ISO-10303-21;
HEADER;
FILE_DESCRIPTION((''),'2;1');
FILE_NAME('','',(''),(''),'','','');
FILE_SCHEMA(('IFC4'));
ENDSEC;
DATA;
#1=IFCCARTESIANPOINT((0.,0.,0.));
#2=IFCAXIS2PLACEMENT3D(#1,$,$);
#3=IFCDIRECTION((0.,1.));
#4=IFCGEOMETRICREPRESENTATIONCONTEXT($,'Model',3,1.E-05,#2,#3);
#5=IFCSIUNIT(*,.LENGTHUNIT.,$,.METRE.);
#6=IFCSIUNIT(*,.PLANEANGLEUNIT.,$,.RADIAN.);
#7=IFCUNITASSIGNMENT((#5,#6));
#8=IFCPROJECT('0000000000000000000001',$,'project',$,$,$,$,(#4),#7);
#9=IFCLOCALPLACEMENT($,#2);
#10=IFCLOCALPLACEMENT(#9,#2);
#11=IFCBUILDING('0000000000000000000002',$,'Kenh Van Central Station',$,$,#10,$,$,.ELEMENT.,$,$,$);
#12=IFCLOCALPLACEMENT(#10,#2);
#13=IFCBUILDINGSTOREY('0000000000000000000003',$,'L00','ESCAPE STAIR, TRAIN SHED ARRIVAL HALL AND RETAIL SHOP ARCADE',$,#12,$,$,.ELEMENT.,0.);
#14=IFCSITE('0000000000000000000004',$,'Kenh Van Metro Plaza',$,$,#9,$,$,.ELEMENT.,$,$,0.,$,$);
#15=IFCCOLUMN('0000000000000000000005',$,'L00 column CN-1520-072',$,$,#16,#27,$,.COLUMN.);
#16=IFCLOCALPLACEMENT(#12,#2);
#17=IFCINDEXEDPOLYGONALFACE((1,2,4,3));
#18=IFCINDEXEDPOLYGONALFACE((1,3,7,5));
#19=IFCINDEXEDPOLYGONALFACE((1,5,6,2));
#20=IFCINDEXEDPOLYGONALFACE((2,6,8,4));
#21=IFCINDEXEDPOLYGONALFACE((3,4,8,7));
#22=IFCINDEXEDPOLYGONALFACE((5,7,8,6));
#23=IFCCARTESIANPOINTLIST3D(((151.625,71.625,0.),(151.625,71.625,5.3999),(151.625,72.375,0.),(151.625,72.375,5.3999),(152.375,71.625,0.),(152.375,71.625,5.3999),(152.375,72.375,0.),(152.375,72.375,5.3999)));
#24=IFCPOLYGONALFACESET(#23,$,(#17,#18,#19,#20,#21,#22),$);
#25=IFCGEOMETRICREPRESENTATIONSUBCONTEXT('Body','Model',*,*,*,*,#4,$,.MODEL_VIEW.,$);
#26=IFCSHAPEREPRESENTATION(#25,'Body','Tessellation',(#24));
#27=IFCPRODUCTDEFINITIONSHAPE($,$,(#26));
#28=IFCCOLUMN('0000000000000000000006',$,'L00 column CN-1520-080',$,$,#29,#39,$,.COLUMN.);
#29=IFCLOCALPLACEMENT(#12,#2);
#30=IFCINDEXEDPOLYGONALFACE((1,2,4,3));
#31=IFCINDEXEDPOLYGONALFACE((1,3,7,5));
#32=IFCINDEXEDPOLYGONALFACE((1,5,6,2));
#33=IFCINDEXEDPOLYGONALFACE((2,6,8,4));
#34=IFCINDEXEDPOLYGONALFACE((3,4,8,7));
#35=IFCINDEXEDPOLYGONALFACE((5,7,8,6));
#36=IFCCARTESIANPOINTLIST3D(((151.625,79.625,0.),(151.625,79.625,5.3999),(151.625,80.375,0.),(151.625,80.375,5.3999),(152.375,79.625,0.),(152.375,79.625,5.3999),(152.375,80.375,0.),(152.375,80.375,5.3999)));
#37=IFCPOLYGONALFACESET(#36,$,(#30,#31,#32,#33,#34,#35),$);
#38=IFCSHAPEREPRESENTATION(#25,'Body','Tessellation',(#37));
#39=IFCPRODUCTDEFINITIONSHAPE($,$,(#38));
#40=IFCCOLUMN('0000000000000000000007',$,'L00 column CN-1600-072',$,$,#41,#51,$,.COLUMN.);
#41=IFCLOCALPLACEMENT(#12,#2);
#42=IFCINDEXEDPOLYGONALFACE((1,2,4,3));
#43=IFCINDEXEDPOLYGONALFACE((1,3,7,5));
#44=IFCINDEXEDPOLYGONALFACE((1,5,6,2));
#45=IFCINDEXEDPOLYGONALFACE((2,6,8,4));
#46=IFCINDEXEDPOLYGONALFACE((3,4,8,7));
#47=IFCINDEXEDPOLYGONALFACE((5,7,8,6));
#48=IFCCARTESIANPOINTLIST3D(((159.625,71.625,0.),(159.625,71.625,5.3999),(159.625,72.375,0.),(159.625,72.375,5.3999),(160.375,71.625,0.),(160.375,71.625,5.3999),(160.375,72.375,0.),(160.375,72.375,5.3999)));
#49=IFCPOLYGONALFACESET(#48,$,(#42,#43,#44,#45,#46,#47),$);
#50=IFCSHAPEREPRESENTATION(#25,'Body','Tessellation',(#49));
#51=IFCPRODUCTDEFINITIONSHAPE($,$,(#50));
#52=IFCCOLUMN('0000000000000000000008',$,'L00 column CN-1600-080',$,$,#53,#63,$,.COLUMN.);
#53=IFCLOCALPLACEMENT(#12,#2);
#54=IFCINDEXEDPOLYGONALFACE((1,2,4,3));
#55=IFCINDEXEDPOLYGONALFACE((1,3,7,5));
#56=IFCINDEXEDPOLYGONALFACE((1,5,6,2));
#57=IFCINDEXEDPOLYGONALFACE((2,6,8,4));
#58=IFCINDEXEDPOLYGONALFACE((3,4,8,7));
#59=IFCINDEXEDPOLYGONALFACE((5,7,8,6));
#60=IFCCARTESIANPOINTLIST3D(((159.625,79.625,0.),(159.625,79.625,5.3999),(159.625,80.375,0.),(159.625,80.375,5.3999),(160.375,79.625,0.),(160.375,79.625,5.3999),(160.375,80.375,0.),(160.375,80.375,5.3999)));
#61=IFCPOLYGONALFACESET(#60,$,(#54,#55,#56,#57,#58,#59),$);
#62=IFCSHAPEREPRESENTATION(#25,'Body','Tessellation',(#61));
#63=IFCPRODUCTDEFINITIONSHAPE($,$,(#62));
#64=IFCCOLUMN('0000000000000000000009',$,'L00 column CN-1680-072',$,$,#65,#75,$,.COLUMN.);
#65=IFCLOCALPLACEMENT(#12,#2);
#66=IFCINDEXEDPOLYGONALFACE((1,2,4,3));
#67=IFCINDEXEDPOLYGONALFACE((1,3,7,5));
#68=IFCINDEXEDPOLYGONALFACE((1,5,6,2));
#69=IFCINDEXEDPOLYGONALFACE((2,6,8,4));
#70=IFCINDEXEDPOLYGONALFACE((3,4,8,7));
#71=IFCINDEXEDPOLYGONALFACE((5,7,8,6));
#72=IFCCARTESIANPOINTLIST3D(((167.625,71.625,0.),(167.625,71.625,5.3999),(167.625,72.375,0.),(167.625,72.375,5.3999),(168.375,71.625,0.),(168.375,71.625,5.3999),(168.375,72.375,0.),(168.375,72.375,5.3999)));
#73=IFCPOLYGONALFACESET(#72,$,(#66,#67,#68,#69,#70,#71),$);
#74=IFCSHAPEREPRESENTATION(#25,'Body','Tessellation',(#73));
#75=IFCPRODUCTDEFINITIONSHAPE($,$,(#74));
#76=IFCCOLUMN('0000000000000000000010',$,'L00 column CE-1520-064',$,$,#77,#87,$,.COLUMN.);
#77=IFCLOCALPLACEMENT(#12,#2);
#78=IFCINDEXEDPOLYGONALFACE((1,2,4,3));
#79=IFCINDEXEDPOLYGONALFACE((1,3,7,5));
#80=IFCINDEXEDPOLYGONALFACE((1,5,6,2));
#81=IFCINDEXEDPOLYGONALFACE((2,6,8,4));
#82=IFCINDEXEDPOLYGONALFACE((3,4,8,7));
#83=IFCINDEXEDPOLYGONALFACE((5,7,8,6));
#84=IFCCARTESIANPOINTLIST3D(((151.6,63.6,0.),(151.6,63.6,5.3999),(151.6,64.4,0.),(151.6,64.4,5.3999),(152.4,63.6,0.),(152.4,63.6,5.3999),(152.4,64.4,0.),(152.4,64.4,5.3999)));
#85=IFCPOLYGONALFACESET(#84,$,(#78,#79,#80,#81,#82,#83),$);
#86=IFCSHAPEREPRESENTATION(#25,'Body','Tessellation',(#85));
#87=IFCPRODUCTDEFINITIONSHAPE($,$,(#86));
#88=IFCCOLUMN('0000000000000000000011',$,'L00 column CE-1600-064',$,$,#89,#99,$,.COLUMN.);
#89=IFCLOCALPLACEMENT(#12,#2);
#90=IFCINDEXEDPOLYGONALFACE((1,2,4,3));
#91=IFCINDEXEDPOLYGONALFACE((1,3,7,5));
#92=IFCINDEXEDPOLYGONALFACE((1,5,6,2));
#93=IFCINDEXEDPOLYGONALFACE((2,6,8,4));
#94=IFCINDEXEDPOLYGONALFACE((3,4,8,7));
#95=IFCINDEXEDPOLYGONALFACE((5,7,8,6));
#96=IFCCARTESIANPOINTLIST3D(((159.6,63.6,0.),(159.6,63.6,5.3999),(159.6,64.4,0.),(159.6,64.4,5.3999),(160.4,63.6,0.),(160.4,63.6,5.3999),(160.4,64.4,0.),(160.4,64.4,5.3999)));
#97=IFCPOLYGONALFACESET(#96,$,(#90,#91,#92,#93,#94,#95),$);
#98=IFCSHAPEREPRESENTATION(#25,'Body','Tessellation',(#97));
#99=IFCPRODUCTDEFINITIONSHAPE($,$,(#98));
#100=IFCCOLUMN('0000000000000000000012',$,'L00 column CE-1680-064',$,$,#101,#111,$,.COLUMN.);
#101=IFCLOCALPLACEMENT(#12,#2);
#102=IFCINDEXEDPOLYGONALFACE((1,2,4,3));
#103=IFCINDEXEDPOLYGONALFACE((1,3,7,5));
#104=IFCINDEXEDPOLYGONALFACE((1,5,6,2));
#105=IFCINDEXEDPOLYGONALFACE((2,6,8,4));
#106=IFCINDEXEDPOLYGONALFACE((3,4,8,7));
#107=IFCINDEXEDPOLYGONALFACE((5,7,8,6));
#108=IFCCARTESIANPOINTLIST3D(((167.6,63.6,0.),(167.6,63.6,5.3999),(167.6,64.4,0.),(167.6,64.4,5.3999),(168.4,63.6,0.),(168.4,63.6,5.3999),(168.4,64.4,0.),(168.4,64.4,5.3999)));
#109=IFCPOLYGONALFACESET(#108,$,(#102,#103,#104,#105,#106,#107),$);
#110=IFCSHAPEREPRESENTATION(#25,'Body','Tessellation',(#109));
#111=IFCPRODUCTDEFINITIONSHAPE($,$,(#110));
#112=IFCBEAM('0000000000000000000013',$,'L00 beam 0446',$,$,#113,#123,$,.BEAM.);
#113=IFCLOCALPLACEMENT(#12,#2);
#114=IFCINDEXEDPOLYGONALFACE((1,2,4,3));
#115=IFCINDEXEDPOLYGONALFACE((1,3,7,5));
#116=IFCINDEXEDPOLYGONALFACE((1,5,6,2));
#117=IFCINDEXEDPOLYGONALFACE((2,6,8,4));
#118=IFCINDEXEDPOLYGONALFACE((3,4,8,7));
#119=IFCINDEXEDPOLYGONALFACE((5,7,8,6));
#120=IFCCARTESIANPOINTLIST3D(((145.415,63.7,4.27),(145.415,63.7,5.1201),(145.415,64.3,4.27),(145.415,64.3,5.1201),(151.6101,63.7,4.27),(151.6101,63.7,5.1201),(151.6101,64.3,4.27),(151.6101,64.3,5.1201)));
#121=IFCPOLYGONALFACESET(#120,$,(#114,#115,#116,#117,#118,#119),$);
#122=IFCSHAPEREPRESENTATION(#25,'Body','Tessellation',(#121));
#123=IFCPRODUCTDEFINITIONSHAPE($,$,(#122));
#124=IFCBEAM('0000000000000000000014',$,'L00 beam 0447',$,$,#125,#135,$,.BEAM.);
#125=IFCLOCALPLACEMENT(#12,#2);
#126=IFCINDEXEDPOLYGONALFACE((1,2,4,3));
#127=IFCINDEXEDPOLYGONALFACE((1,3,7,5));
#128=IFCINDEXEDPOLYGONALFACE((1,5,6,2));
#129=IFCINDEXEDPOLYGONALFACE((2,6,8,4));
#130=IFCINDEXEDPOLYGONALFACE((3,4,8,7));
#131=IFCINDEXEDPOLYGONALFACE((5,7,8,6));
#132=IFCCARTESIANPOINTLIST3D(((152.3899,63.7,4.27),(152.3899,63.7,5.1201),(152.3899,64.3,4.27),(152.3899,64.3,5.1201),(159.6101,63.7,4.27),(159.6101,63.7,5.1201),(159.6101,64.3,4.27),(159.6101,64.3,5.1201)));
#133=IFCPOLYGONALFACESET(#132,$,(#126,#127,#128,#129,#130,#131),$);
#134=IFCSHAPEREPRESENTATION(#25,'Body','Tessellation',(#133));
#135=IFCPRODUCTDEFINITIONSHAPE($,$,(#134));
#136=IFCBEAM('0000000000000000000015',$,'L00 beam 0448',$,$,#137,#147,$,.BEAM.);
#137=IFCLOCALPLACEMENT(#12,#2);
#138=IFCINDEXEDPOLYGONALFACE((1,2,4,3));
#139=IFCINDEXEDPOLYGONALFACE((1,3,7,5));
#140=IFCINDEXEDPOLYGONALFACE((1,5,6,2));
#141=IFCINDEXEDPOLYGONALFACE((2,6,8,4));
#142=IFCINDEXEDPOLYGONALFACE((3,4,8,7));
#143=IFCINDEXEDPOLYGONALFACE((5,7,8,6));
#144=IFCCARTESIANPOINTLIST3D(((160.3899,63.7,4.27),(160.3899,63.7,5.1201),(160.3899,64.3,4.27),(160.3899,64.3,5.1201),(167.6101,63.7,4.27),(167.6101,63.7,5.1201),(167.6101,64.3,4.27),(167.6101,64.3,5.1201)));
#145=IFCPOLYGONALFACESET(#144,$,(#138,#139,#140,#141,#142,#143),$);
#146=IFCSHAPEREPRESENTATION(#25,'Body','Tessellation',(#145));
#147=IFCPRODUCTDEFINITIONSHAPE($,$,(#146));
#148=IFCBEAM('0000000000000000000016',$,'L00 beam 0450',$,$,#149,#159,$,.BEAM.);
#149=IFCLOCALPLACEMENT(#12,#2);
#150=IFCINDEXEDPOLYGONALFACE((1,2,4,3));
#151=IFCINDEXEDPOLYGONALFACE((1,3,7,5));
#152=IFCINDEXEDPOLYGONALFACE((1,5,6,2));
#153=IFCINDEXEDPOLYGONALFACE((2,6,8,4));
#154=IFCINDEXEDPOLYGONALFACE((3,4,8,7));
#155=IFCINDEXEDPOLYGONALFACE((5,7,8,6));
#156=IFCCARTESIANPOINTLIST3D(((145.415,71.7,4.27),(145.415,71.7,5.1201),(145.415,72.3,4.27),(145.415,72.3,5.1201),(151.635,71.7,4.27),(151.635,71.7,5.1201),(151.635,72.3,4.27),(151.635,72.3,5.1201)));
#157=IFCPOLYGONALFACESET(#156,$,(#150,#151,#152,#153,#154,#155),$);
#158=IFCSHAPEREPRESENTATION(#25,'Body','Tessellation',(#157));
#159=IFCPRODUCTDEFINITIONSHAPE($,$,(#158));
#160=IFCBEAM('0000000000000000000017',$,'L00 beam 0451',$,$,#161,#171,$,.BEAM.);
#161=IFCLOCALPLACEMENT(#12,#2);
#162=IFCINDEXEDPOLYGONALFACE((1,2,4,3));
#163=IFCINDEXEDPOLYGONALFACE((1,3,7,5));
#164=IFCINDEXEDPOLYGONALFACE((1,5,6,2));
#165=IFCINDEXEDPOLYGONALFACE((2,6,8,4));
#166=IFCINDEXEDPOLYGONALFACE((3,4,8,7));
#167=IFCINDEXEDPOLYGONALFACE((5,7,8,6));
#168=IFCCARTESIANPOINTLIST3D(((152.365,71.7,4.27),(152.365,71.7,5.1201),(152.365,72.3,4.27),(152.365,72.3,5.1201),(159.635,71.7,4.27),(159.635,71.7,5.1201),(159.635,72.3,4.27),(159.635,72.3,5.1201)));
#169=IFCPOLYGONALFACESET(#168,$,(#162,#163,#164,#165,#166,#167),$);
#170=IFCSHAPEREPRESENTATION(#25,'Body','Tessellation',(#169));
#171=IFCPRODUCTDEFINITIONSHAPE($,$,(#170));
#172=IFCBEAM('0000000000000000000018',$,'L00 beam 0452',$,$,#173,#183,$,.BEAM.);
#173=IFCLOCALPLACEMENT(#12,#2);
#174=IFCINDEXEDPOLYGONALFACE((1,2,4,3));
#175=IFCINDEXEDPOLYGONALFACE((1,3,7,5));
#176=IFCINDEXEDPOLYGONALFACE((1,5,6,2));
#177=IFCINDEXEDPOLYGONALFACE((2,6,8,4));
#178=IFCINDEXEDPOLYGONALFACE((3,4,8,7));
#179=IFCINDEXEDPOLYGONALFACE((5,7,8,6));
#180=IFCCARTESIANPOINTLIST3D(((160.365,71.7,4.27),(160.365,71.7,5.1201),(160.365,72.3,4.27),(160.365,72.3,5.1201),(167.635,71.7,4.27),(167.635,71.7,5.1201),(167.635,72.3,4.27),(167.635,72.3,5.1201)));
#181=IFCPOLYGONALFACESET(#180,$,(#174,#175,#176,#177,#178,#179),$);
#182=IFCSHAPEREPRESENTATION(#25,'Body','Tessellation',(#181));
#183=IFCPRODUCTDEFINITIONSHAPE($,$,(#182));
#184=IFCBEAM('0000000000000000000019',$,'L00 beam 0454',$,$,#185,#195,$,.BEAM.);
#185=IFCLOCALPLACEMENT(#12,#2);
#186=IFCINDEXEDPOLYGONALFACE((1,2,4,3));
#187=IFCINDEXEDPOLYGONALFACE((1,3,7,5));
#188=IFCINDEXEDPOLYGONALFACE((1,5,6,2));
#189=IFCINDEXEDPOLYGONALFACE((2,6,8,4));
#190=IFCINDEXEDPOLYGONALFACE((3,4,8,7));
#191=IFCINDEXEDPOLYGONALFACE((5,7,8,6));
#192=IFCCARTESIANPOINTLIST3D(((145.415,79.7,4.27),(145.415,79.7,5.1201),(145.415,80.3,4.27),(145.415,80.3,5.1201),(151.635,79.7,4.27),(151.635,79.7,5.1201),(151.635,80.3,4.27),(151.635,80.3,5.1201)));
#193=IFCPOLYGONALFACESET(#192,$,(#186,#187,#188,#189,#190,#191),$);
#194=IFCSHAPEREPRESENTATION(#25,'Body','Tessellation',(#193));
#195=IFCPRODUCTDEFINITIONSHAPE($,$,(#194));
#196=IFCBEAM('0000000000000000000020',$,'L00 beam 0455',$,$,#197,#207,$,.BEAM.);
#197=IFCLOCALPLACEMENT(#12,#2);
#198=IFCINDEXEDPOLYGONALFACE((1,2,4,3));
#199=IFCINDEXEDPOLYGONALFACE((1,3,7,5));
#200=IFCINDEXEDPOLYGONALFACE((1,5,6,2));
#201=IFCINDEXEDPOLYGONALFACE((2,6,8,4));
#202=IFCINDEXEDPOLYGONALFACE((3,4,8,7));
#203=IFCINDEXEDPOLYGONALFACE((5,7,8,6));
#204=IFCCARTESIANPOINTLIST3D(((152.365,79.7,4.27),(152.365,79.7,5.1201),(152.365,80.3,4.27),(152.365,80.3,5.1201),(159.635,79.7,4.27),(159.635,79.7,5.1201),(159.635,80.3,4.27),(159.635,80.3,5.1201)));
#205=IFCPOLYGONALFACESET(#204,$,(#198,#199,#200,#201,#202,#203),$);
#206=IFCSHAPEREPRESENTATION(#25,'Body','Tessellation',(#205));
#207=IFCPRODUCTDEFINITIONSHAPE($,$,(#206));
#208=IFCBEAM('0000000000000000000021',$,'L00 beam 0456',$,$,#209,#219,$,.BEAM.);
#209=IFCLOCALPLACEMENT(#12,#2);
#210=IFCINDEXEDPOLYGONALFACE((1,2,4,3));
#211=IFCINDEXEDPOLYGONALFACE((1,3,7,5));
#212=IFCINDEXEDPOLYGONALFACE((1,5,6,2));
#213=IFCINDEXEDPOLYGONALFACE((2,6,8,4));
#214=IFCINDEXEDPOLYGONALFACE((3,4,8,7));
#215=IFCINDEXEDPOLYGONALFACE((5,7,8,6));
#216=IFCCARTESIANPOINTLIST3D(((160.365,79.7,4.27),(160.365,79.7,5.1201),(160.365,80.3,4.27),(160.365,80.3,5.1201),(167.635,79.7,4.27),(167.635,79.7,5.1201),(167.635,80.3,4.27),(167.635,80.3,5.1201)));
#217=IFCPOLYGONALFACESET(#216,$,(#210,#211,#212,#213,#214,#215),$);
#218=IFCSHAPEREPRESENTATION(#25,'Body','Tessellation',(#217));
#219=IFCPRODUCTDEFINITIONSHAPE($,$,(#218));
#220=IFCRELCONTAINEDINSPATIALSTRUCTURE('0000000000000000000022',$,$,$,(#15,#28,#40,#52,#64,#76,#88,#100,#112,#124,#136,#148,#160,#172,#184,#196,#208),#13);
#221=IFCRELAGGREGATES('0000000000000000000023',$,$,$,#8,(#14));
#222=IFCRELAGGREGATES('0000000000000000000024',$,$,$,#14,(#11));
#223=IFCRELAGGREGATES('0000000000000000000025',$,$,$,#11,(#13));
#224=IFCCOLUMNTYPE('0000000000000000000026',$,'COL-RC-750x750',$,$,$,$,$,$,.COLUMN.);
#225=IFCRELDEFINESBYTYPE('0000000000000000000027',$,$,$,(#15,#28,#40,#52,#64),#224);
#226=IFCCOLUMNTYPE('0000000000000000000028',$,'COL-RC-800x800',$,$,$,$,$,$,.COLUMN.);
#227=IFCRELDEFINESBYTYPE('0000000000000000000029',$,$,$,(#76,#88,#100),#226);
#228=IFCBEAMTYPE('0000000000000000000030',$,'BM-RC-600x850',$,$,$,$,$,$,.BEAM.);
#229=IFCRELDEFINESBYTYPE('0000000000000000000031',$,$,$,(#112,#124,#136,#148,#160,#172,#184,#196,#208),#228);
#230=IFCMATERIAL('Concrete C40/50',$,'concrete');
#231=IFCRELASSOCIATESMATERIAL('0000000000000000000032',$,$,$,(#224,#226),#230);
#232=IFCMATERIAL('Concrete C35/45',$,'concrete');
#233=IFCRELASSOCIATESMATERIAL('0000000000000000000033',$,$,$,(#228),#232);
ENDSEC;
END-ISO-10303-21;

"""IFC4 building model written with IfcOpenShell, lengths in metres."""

from ifc_helpers import new_model, si_unit, direction, frame, origin, origin_2d, place, context, subcontext, project, spatial, rectangle, extrude, material, material_profile, profile_set, type_object, element, save


model = new_model("IFC4")

# Units and contexts
model_context = context("Model", 3, precision=1e-05, world=origin(), true_north=direction((0.0, 1.0)))
body_context = subcontext(model_context, "Body", "Model", "MODEL_VIEW")
ifc_project = project(units=[si_unit("LENGTHUNIT", "METRE"), si_unit("PLANEANGLEUNIT", "RADIAN")], contexts=[model_context])

# Site, building, storey
site_placement = place(None, origin())
site = spatial("IfcSite", under=ifc_project, at=site_placement, Name="Kenh Van Metro Plaza", CompositionType="ELEMENT", RefElevation=0.0)
building_placement = place(site_placement, origin())
building = spatial("IfcBuilding", under=site, at=building_placement, Name="Kenh Van Central Station", CompositionType="ELEMENT")
storey_placement = place(building_placement, origin())
storey = spatial("IfcBuildingStorey", under=building, at=storey_placement, Name="L00", Description="ESCAPE STAIR, TRAIN SHED ARRIVAL HALL AND RETAIL SHOP ARCADE", CompositionType="ELEMENT", Elevation=0.0)

# Columns
ifc_material_1 = material(Name="Concrete C40/50", Category="concrete")
ifc_material_profile_1 = material_profile(ifc_material_1, rectangle(XDim=0.75, YDim=0.75, at=origin_2d()), Name="RC 750x750")
ifc_profile_set_1 = profile_set([ifc_material_profile_1], Name="Concrete C40/50")
column_type_1 = type_object("IfcColumnType", Name="COL-RC-750x750", PredefinedType="COLUMN", material=ifc_profile_set_1)
for number, where, z_axis, x_axis, name in (
    (1, (152.0, 72.0, 0.0), (0.0, 0.0, 1.0), (1.0, 0.0, 0.0), "L00 column CN-1520-072"),
    (2, (152.0, 80.0, 0.0), (0.0, 0.0, 1.0), (1.0, 0.0, 0.0), "L00 column CN-1520-080"),
    (3, (160.0, 72.0, 0.0), (0.0, 0.0, 1.0), (1.0, 0.0, 0.0), "L00 column CN-1600-072"),
    (4, (160.0, 80.0, 0.0), (0.0, 0.0, 1.0), (1.0, 0.0, 0.0), "L00 column CN-1600-080"),
    (5, (168.0, 72.0, 0.0), (0.0, 0.0, 1.0), (1.0, 0.0, 0.0), "L00 column CN-1680-072"),
):
    element("IfcColumn", number, at=place(storey_placement, frame(where, z_axis=z_axis, x_axis=x_axis)), inside=storey, type_object=column_type_1, Name=name, PredefinedType="COLUMN", context=body_context, shape_type="SweptSolid", body=[
        extrude(rectangle(XDim=0.75, YDim=0.75, at=origin_2d()), origin(), (0.0, 0.0, 1.0), 5.3999),
    ])
ifc_material_profile_2 = material_profile(ifc_material_1, rectangle(XDim=0.8, YDim=0.8, at=origin_2d()), Name="RC 800x800")
ifc_profile_set_2 = profile_set([ifc_material_profile_2], Name="Concrete C40/50")
column_type_2 = type_object("IfcColumnType", Name="COL-RC-800x800", PredefinedType="COLUMN", material=ifc_profile_set_2)
for number, where, z_axis, x_axis, name in (
    (6, (152.0, 64.0, 0.0), (0.0, 0.0, 1.0), (1.0, 0.0, 0.0), "L00 column CE-1520-064"),
    (7, (160.0, 64.0, 0.0), (0.0, 0.0, 1.0), (1.0, 0.0, 0.0), "L00 column CE-1600-064"),
    (8, (168.0, 64.0, 0.0), (0.0, 0.0, 1.0), (1.0, 0.0, 0.0), "L00 column CE-1680-064"),
):
    element("IfcColumn", number, at=place(storey_placement, frame(where, z_axis=z_axis, x_axis=x_axis)), inside=storey, type_object=column_type_2, Name=name, PredefinedType="COLUMN", context=body_context, shape_type="SweptSolid", body=[
        extrude(rectangle(XDim=0.8, YDim=0.8, at=origin_2d()), origin(), (0.0, 0.0, 1.0), 5.3999),
    ])

# Beams
ifc_material_2 = material(Name="Concrete C35/45", Category="concrete")
ifc_material_profile_3 = material_profile(ifc_material_2, rectangle(XDim=0.6001, YDim=0.8501, at=origin_2d()), Name="RC 600x850")
ifc_profile_set_3 = profile_set([ifc_material_profile_3], Name="Concrete C35/45")
beam_type_1 = type_object("IfcBeamType", Name="BM-RC-600x850", PredefinedType="BEAM", material=ifc_profile_set_3)
beam_1_placement = place(storey_placement, frame((145.415, 64.0, 4.6951), z_axis=(1.0, 0.0, 0.0), x_axis=(0.0, 1.0, 0.0)))
element("IfcBeam", 9, at=beam_1_placement, inside=storey, type_object=beam_type_1, Name="L00 beam 0446", PredefinedType="BEAM", context=body_context, shape_type="SweptSolid", body=[
    extrude(rectangle(XDim=0.6001, YDim=0.8501, at=origin_2d()), origin(), (0.0, 0.0, 1.0), 6.1951),
])
for number, where, z_axis, x_axis, name in (
    (10, (152.3899, 64.0, 4.6951), (1.0, 0.0, 0.0), (0.0, 1.0, 0.0), "L00 beam 0447"),
    (11, (160.3899, 64.0, 4.6951), (1.0, 0.0, 0.0), (0.0, 1.0, 0.0), "L00 beam 0448"),
):
    element("IfcBeam", number, at=place(storey_placement, frame(where, z_axis=z_axis, x_axis=x_axis)), inside=storey, type_object=beam_type_1, Name=name, PredefinedType="BEAM", context=body_context, shape_type="SweptSolid", body=[
        extrude(rectangle(XDim=0.6001, YDim=0.8501, at=origin_2d()), origin(), (0.0, 0.0, 1.0), 7.2202),
    ])
beam_2_placement = place(storey_placement, frame((145.415, 72.0, 4.6951), z_axis=(1.0, 0.0, 0.0), x_axis=(0.0, 1.0, 0.0)))
element("IfcBeam", 12, at=beam_2_placement, inside=storey, type_object=beam_type_1, Name="L00 beam 0450", PredefinedType="BEAM", context=body_context, shape_type="SweptSolid", body=[
    extrude(rectangle(XDim=0.6001, YDim=0.8501, at=origin_2d()), origin(), (0.0, 0.0, 1.0), 6.22),
])
for number, where, z_axis, x_axis, name in (
    (13, (152.365, 72.0, 4.6951), (1.0, 0.0, 0.0), (0.0, 1.0, 0.0), "L00 beam 0451"),
    (14, (160.365, 72.0, 4.6951), (1.0, 0.0, 0.0), (0.0, 1.0, 0.0), "L00 beam 0452"),
):
    element("IfcBeam", number, at=place(storey_placement, frame(where, z_axis=z_axis, x_axis=x_axis)), inside=storey, type_object=beam_type_1, Name=name, PredefinedType="BEAM", context=body_context, shape_type="SweptSolid", body=[
        extrude(rectangle(XDim=0.6001, YDim=0.8501, at=origin_2d()), origin(), (0.0, 0.0, 1.0), 7.27),
    ])
beam_3_placement = place(storey_placement, frame((145.415, 80.0, 4.6951), z_axis=(1.0, 0.0, 0.0), x_axis=(0.0, 1.0, 0.0)))
element("IfcBeam", 15, at=beam_3_placement, inside=storey, type_object=beam_type_1, Name="L00 beam 0454", PredefinedType="BEAM", context=body_context, shape_type="SweptSolid", body=[
    extrude(rectangle(XDim=0.6001, YDim=0.8501, at=origin_2d()), origin(), (0.0, 0.0, 1.0), 6.22),
])
for number, where, z_axis, x_axis, name in (
    (16, (152.365, 80.0, 4.6951), (1.0, 0.0, 0.0), (0.0, 1.0, 0.0), "L00 beam 0455"),
    (17, (160.365, 80.0, 4.6951), (1.0, 0.0, 0.0), (0.0, 1.0, 0.0), "L00 beam 0456"),
):
    element("IfcBeam", number, at=place(storey_placement, frame(where, z_axis=z_axis, x_axis=x_axis)), inside=storey, type_object=beam_type_1, Name=name, PredefinedType="BEAM", context=body_context, shape_type="SweptSolid", body=[
        extrude(rectangle(XDim=0.6001, YDim=0.8501, at=origin_2d()), origin(), (0.0, 0.0, 1.0), 7.27),
    ])

save(model, "model.ifc")
